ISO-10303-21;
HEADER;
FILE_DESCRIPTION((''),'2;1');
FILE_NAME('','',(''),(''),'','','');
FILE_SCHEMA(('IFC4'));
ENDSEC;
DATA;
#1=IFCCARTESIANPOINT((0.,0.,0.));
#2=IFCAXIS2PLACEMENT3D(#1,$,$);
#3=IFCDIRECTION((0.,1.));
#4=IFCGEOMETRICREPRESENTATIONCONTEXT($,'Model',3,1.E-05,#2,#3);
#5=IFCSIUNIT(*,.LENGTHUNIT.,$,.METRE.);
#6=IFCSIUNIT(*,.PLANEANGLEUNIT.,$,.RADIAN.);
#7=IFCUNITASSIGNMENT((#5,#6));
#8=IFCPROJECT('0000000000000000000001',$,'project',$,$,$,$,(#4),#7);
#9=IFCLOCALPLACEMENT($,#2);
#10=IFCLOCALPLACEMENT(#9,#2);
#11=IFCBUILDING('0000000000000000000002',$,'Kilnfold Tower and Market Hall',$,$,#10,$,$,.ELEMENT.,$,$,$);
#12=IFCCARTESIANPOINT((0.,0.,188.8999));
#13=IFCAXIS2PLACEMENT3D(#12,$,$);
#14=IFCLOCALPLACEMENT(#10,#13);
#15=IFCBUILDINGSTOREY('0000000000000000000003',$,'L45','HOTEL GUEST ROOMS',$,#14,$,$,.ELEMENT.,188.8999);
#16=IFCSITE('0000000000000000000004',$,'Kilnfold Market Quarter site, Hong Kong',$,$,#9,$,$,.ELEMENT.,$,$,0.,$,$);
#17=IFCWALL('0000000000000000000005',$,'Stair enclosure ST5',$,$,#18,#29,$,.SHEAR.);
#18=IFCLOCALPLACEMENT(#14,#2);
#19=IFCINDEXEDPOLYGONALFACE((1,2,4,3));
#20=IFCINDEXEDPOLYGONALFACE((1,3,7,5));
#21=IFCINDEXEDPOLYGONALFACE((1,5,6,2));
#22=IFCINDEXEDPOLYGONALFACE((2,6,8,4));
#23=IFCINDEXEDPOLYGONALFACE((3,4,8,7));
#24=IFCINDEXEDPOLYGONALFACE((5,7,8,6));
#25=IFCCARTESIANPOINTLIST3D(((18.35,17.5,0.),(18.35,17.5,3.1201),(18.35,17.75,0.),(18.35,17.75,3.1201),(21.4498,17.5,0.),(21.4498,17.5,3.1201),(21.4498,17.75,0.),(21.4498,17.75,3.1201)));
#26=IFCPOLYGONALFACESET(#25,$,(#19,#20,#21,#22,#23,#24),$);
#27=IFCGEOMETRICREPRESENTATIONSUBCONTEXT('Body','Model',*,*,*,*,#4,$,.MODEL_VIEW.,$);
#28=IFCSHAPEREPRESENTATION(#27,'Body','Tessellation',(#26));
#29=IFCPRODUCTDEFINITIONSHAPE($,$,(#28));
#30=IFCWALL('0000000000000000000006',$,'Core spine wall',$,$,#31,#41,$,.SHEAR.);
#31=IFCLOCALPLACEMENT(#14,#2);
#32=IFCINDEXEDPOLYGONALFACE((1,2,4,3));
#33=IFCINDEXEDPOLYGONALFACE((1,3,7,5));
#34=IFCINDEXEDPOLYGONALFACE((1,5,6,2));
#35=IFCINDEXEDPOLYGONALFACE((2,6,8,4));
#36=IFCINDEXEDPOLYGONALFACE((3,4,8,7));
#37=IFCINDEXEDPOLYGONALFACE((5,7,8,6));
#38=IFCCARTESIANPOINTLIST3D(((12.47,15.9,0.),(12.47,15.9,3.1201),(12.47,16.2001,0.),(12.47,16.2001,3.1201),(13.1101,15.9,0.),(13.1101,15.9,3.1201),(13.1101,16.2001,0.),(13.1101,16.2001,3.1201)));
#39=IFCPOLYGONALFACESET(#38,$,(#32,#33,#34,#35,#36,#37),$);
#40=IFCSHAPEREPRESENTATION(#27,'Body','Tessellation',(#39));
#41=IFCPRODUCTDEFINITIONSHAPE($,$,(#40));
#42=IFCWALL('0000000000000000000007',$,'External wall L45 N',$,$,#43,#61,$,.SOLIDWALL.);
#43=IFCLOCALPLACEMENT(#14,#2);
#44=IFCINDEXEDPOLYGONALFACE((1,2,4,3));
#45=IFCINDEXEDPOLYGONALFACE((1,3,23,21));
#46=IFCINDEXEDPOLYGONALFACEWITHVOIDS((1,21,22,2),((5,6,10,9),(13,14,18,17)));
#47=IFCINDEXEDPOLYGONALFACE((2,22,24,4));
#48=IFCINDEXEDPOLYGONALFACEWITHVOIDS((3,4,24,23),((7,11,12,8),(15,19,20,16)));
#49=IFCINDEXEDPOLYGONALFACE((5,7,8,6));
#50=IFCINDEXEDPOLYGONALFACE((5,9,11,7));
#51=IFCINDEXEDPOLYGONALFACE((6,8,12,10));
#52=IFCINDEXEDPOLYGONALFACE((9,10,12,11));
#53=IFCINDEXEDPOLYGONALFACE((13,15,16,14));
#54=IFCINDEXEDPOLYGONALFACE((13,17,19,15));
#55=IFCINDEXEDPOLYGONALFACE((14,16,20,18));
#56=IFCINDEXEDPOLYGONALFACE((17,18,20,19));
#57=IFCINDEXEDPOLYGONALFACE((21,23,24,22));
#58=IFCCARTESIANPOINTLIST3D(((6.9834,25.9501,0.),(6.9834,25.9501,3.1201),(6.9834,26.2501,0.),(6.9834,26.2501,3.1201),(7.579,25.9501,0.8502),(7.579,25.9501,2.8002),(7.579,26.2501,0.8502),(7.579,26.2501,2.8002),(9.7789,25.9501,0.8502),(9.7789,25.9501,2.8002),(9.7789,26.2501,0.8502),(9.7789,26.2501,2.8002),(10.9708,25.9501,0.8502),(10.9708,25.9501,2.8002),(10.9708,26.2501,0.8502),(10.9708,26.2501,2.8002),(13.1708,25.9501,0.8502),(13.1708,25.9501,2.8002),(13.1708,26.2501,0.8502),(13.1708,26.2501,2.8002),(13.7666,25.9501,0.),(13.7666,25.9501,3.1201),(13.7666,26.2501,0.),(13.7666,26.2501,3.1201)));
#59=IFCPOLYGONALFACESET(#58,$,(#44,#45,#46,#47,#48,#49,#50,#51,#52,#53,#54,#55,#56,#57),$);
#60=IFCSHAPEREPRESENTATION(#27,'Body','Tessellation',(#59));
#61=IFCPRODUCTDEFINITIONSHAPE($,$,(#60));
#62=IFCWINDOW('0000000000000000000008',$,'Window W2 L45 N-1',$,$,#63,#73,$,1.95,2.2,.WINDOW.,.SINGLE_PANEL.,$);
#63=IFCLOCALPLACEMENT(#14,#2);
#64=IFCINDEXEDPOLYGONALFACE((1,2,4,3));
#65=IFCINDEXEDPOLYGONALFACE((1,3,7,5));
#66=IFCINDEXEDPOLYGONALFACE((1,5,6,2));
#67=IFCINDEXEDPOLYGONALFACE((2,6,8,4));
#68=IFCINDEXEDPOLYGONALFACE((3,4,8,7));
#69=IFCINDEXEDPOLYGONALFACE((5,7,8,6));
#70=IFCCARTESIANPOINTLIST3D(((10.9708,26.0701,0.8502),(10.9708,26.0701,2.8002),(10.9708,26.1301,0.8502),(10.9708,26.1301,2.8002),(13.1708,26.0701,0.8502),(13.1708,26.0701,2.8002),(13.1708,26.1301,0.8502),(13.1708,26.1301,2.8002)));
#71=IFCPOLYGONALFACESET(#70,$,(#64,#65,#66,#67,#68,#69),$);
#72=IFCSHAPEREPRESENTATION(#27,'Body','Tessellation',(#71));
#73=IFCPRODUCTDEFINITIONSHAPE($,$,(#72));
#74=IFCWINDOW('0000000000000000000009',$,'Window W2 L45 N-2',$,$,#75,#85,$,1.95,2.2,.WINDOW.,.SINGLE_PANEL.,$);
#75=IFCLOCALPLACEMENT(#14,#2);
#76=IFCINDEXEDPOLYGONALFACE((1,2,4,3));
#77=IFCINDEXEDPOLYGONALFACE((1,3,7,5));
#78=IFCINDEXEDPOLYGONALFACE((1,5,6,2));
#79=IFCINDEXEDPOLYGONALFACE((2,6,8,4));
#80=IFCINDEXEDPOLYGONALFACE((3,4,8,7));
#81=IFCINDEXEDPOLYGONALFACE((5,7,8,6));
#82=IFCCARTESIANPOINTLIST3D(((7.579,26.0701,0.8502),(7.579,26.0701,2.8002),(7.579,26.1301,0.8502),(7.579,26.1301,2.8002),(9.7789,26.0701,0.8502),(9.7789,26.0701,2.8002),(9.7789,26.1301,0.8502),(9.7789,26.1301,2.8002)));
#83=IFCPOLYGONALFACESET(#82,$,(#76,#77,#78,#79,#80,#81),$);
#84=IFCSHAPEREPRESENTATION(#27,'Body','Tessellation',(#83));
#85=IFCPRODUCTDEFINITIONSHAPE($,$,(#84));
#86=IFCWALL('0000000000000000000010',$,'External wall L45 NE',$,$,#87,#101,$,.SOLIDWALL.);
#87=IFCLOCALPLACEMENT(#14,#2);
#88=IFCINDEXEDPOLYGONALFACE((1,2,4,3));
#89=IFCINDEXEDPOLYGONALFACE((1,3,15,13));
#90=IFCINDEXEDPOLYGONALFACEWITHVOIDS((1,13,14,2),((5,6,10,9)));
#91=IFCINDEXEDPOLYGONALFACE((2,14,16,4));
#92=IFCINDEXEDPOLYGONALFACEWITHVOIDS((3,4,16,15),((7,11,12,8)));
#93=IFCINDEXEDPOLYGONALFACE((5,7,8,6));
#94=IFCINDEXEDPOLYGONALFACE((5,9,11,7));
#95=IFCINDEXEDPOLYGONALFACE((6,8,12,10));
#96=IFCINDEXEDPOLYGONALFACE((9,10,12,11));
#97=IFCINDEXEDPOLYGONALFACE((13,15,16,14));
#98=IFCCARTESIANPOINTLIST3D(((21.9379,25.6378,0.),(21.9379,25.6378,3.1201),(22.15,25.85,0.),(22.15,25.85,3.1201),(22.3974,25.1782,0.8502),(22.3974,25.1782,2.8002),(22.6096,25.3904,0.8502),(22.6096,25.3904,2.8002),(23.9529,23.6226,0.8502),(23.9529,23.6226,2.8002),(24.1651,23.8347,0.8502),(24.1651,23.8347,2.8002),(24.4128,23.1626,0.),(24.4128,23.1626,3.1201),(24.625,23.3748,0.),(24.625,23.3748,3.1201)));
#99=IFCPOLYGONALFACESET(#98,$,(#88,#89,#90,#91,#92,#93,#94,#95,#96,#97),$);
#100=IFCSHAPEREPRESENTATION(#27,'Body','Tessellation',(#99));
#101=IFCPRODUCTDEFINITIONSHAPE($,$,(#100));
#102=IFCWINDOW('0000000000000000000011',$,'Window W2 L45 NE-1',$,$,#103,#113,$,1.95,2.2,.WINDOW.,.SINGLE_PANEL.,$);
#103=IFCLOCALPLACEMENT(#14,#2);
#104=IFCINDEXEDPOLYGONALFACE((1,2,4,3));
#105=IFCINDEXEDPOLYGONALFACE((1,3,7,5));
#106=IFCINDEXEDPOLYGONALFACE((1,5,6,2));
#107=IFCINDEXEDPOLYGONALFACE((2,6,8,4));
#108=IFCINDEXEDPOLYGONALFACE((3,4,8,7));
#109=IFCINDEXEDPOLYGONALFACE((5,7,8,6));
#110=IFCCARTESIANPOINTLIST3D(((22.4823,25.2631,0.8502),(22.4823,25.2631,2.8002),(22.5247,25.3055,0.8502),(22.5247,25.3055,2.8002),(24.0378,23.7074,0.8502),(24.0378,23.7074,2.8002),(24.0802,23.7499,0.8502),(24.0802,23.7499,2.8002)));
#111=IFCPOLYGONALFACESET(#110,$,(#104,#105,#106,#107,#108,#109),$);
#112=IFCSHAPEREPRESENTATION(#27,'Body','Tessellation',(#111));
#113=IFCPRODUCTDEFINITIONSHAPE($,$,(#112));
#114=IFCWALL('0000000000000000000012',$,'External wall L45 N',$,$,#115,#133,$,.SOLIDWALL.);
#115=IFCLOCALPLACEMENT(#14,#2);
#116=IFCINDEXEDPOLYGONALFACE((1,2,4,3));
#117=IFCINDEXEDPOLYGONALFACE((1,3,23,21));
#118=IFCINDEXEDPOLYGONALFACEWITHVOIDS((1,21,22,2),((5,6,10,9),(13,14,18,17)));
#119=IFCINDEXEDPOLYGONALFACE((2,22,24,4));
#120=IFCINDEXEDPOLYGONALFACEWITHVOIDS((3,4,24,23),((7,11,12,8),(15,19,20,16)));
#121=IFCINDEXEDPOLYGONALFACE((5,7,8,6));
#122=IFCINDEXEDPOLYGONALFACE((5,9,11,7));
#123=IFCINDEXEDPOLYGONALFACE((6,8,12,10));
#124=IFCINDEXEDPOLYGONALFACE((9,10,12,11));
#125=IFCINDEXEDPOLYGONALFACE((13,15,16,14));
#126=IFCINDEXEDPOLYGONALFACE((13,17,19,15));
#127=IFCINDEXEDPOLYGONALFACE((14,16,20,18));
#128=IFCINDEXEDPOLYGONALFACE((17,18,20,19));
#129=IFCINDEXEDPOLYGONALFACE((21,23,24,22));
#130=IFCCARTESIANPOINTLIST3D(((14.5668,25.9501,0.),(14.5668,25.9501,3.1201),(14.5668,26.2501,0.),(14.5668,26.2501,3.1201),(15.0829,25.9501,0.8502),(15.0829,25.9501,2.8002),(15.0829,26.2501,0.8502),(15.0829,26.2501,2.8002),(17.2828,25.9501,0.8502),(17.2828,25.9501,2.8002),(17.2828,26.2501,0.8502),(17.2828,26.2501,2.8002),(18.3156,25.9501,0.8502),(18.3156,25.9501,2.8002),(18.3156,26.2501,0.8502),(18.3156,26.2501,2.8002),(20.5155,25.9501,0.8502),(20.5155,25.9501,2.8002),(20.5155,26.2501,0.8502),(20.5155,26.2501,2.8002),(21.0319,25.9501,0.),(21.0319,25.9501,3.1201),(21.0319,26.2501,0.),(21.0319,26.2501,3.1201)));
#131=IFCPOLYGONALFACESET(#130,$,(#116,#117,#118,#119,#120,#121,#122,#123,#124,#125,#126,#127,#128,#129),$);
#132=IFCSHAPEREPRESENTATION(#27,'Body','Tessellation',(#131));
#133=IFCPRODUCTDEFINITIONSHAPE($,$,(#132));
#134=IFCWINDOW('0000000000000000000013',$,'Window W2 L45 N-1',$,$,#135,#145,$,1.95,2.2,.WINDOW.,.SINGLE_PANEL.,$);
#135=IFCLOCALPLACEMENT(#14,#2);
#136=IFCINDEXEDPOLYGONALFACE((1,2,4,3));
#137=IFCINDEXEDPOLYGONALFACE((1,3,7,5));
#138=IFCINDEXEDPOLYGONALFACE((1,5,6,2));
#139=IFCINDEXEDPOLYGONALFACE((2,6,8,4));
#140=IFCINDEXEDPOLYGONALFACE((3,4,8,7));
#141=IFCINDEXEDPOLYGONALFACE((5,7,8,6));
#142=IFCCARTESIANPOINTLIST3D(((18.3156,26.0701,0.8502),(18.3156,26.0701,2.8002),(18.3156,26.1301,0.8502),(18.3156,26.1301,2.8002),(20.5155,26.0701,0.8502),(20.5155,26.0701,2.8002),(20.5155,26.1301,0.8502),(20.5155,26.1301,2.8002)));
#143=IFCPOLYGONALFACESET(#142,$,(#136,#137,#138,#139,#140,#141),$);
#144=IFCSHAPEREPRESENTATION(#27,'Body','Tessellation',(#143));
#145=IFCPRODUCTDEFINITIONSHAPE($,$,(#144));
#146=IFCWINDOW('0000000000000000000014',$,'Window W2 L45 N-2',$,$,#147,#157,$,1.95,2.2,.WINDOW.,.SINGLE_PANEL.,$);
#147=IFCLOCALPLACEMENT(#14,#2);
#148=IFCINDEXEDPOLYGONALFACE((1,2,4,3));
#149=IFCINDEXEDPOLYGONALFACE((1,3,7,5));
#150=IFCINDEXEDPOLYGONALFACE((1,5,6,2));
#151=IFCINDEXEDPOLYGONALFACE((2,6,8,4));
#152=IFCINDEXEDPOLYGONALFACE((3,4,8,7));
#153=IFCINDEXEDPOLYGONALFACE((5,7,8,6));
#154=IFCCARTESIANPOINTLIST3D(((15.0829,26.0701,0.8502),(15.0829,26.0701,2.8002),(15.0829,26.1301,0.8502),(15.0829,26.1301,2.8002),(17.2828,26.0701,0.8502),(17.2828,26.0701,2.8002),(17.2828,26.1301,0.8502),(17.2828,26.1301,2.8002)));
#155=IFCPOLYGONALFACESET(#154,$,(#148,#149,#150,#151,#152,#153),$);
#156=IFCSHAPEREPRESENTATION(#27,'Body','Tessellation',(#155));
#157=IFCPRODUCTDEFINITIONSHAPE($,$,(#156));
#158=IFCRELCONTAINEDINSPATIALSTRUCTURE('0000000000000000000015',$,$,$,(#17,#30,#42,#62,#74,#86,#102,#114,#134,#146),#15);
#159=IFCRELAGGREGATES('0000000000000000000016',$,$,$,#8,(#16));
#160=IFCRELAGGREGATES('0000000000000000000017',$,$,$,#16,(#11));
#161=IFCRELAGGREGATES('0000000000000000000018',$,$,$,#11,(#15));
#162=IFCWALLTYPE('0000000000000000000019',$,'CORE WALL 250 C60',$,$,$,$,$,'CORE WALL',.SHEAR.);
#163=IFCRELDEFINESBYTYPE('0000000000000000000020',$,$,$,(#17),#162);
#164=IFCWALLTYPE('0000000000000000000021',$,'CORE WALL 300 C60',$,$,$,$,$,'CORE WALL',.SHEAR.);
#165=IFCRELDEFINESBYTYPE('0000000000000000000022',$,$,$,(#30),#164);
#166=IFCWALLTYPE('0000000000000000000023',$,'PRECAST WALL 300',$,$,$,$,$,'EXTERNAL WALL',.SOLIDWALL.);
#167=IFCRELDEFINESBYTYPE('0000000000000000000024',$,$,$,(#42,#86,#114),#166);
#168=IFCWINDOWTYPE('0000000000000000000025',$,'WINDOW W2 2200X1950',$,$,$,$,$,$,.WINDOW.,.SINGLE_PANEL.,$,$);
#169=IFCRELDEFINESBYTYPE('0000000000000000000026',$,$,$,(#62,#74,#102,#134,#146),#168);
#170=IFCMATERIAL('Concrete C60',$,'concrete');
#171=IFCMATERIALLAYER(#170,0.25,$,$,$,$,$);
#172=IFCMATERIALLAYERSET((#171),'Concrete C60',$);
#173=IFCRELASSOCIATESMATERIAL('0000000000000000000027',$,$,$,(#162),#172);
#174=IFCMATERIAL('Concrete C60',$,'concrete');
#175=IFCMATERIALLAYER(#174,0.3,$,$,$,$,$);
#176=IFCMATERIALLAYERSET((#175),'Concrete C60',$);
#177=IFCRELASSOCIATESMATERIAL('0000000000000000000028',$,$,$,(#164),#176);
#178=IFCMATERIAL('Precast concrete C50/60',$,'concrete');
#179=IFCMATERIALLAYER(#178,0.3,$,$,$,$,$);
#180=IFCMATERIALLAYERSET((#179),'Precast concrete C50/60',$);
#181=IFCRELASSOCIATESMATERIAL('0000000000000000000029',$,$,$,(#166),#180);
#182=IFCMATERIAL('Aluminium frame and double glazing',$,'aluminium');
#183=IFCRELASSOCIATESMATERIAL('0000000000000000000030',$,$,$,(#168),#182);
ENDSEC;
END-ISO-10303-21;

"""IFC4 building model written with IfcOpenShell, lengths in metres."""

from ifc_helpers import new_model, si_unit, direction, frame, frame_2d, origin, place, context, subcontext, project, spatial, rectangle, extrude, source, transform, mapped, material, layer, layer_set, type_object, element, fill, save


model = new_model("IFC4")

# Units and contexts
model_context = context("Model", 3, precision=1e-05, world=origin(), true_north=direction((0.0, 1.0)))
body_context = subcontext(model_context, "Body", "Model", "MODEL_VIEW")
ifc_project = project(units=[si_unit("LENGTHUNIT", "METRE"), si_unit("PLANEANGLEUNIT", "RADIAN")], contexts=[model_context])

# Site, building, storey
site_placement = place(None, origin())
site = spatial("IfcSite", under=ifc_project, at=site_placement, Name="Kilnfold Market Quarter site, Hong Kong", CompositionType="ELEMENT", RefElevation=0.0)
building_placement = place(site_placement, origin())
building = spatial("IfcBuilding", under=site, at=building_placement, Name="Kilnfold Tower and Market Hall", CompositionType="ELEMENT")
storey_placement = place(building_placement, frame((0.0, 0.0, 188.8999)))
storey = spatial("IfcBuildingStorey", under=building, at=storey_placement, Name="L45", Description="HOTEL GUEST ROOMS", CompositionType="ELEMENT", Elevation=188.8999)

# Walls
ifc_material_1 = material(Name="Concrete C60", Category="concrete")
ifc_layer_1 = layer(ifc_material_1, 0.25)
ifc_layer_set_1 = layer_set([ifc_layer_1], Name="Concrete C60")
wall_type_1 = type_object("IfcWallType", Name="CORE WALL 250 C60", ElementType="CORE WALL", PredefinedType="SHEAR", material=ifc_layer_set_1)
shared_shape_1 = source(origin(), body_context, "Body", "SweptSolid", [
    extrude(rectangle(XDim=3.0999, YDim=0.25, at=frame_2d((1.5498, 0.0))), origin(), (0.0, 0.0, 1.0), 3.1201),
])
wall_1_placement = place(storey_placement, frame((18.3501, 17.625, 0.0), z_axis=(0.0, 0.0, 1.0), x_axis=(1.0, 0.0, 0.0)))
element("IfcWall", 1, at=wall_1_placement, inside=storey, type_object=wall_type_1, Name="Stair enclosure ST5", PredefinedType="SHEAR", context=body_context, shape_type="MappedRepresentation", body=[
    mapped(shared_shape_1, transform((0.0, 0.0, 0.0))),
])
ifc_material_2 = material(Name="Concrete C60", Category="concrete")
ifc_layer_2 = layer(ifc_material_2, 0.3)
ifc_layer_set_2 = layer_set([ifc_layer_2], Name="Concrete C60")
wall_type_2 = type_object("IfcWallType", Name="CORE WALL 300 C60", ElementType="CORE WALL", PredefinedType="SHEAR", material=ifc_layer_set_2)
shared_shape_2 = source(origin(), body_context, "Body", "SweptSolid", [
    extrude(rectangle(XDim=0.6401, YDim=0.3, at=frame_2d((0.3201, 0.0))), origin(), (0.0, 0.0, 1.0), 3.1201),
])
wall_2_placement = place(storey_placement, frame((12.47, 16.05, 0.0), z_axis=(0.0, 0.0, 1.0), x_axis=(1.0, 0.0, 0.0)))
element("IfcWall", 2, at=wall_2_placement, inside=storey, type_object=wall_type_2, Name="Core spine wall", PredefinedType="SHEAR", context=body_context, shape_type="MappedRepresentation", body=[
    mapped(shared_shape_2, transform((0.0, 0.0, 0.0))),
])

# Wall, openings, windows
ifc_material_3 = material(Name="Precast concrete C50/60", Category="concrete")
ifc_layer_3 = layer(ifc_material_3, 0.3)
ifc_layer_set_3 = layer_set([ifc_layer_3], Name="Precast concrete C50/60")
wall_type_3 = type_object("IfcWallType", Name="PRECAST WALL 300", ElementType="EXTERNAL WALL", PredefinedType="SOLIDWALL", material=ifc_layer_set_3)
shared_shape_3 = source(origin(), body_context, "Body", "SweptSolid", [
    extrude(rectangle(XDim=6.7832, YDim=0.3, at=frame_2d((3.3916, 0.0))), origin(), (0.0, 0.0, 1.0), 3.1201),
])
wall_3_placement = place(storey_placement, frame((13.7666, 26.1001, 0.0), z_axis=(0.0, 0.0, 1.0), x_axis=(-1.0, 0.0, 0.0)))
wall_3 = element("IfcWall", 3, at=wall_3_placement, inside=storey, type_object=wall_type_3, Name="External wall L45 N", PredefinedType="SOLIDWALL", context=body_context, shape_type="MappedRepresentation", body=[
    mapped(shared_shape_3, transform((0.0, 0.0, 0.0))),
])
opening_1_placement = place(wall_3_placement, frame((0.5957, 0.0, 0.8501)))
opening_1 = element("IfcOpeningElement", 4, at=opening_1_placement, cuts=wall_3, PredefinedType="OPENING", context=body_context, shape_type="SweptSolid", body=[
    extrude(rectangle(XDim=2.2, YDim=1.95, at=frame_2d((1.1001, 0.9751))), frame((0.0, 0.1602, 0.0), z_axis=(0.0, -1.0, 0.0), x_axis=(1.0, 0.0, 0.0)), (0.0, 0.0, 1.0), 0.3201),
])
opening_2_placement = place(wall_3_placement, frame((3.9875, 0.0, 0.8501)))
opening_2 = element("IfcOpeningElement", 5, at=opening_2_placement, cuts=wall_3, PredefinedType="OPENING", context=body_context, shape_type="SweptSolid", body=[
    extrude(rectangle(XDim=2.2, YDim=1.95, at=frame_2d((1.1001, 0.9751))), frame((0.0, 0.1602, 0.0), z_axis=(0.0, -1.0, 0.0), x_axis=(1.0, 0.0, 0.0)), (0.0, 0.0, 1.0), 0.3201),
])
ifc_material_4 = material(Name="Aluminium frame and double glazing", Category="aluminium")
window_type = type_object("IfcWindowType", Name="WINDOW W2 2200X1950", PartitioningType="SINGLE_PANEL", PredefinedType="WINDOW", material=ifc_material_4)
window_1_placement = place(opening_1_placement, origin())
window_1 = element("IfcWindow", 6, at=window_1_placement, inside=storey, type_object=window_type, Name="Window W2 L45 N-1", OverallHeight=1.95, OverallWidth=2.2, PartitioningType="SINGLE_PANEL", PredefinedType="WINDOW", context=body_context, shape_type="SweptSolid", body=[
    extrude(rectangle(XDim=2.2, YDim=1.95, at=frame_2d((1.1001, 0.9751))), frame((0.0, 0.03, 0.0), z_axis=(0.0, -1.0, 0.0), x_axis=(1.0, 0.0, 0.0)), (0.0, 0.0, 1.0), 0.0601),
])
fill(opening_1, window_1)
window_2_placement = place(opening_2_placement, origin())
window_2 = element("IfcWindow", 7, at=window_2_placement, inside=storey, type_object=window_type, Name="Window W2 L45 N-2", OverallHeight=1.95, OverallWidth=2.2, PartitioningType="SINGLE_PANEL", PredefinedType="WINDOW", context=body_context, shape_type="SweptSolid", body=[
    extrude(rectangle(XDim=2.2, YDim=1.95, at=frame_2d((1.1001, 0.9751))), frame((0.0, 0.03, 0.0), z_axis=(0.0, -1.0, 0.0), x_axis=(1.0, 0.0, 0.0)), (0.0, 0.0, 1.0), 0.0601),
])
fill(opening_2, window_2)

# Wall, opening, window
shared_shape_4 = source(origin(), body_context, "Body", "SweptSolid", [
    extrude(rectangle(XDim=3.5002, YDim=0.3, at=frame_2d((1.75, 0.0))), origin(), (0.0, 0.0, 1.0), 3.1201),
])
wall_4_placement = place(storey_placement, frame((24.5188, 23.2688, 0.0), z_axis=(0.0, 0.0, 1.0), x_axis=(-0.707072, 0.707142, 0.0)))
wall_4 = element("IfcWall", 8, at=wall_4_placement, inside=storey, type_object=wall_type_3, Name="External wall L45 NE", PredefinedType="SOLIDWALL", context=body_context, shape_type="MappedRepresentation", body=[
    mapped(shared_shape_4, transform((0.0, 0.0, 0.0))),
])
opening_3_placement = place(wall_4_placement, frame((0.6501, 0.0, 0.8501)))
opening_3 = element("IfcOpeningElement", 9, at=opening_3_placement, cuts=wall_4, PredefinedType="OPENING", context=body_context, shape_type="SweptSolid", body=[
    extrude(rectangle(XDim=2.2, YDim=1.95, at=frame_2d((1.1001, 0.9751))), frame((0.0, 0.1602, 0.0), z_axis=(0.0, -1.0, 0.0), x_axis=(1.0, 0.0, 0.0)), (0.0, 0.0, 1.0), 0.3201),
])
window_3_placement = place(opening_3_placement, origin())
window_3 = element("IfcWindow", 10, at=window_3_placement, inside=storey, type_object=window_type, Name="Window W2 L45 NE-1", OverallHeight=1.95, OverallWidth=2.2, PartitioningType="SINGLE_PANEL", PredefinedType="WINDOW", context=body_context, shape_type="SweptSolid", body=[
    extrude(rectangle(XDim=2.2, YDim=1.95, at=frame_2d((1.1001, 0.9751))), frame((0.0, 0.03, 0.0), z_axis=(0.0, -1.0, 0.0), x_axis=(1.0, 0.0, 0.0)), (0.0, 0.0, 1.0), 0.0601),
])
fill(opening_3, window_3)

# Wall, openings, windows
shared_shape_5 = source(origin(), body_context, "Body", "SweptSolid", [
    extrude(rectangle(XDim=6.4651, YDim=0.3, at=frame_2d((3.2324, 0.0))), origin(), (0.0, 0.0, 1.0), 3.1201),
])
wall_5_placement = place(storey_placement, frame((21.0317, 26.1001, 0.0), z_axis=(0.0, 0.0, 1.0), x_axis=(-1.0, 0.0, 0.0)))
wall_5 = element("IfcWall", 11, at=wall_5_placement, inside=storey, type_object=wall_type_3, Name="External wall L45 N", PredefinedType="SOLIDWALL", context=body_context, shape_type="MappedRepresentation", body=[
    mapped(shared_shape_5, transform((0.0, 0.0, 0.0))),
])
opening_4_placement = place(wall_5_placement, frame((0.5161, 0.0, 0.8501)))
opening_4 = element("IfcOpeningElement", 12, at=opening_4_placement, cuts=wall_5, PredefinedType="OPENING", context=body_context, shape_type="SweptSolid", body=[
    extrude(rectangle(XDim=2.2, YDim=1.95, at=frame_2d((1.1001, 0.9751))), frame((0.0, 0.1602, 0.0), z_axis=(0.0, -1.0, 0.0), x_axis=(1.0, 0.0, 0.0)), (0.0, 0.0, 1.0), 0.3201),
])
opening_5_placement = place(wall_5_placement, frame((3.7488, 0.0, 0.8501)))
opening_5 = element("IfcOpeningElement", 13, at=opening_5_placement, cuts=wall_5, PredefinedType="OPENING", context=body_context, shape_type="SweptSolid", body=[
    extrude(rectangle(XDim=2.2, YDim=1.95, at=frame_2d((1.1001, 0.9751))), frame((0.0, 0.1602, 0.0), z_axis=(0.0, -1.0, 0.0), x_axis=(1.0, 0.0, 0.0)), (0.0, 0.0, 1.0), 0.3201),
])
window_4_placement = place(opening_4_placement, origin())
window_4 = element("IfcWindow", 14, at=window_4_placement, inside=storey, type_object=window_type, Name="Window W2 L45 N-1", OverallHeight=1.95, OverallWidth=2.2, PartitioningType="SINGLE_PANEL", PredefinedType="WINDOW", context=body_context, shape_type="SweptSolid", body=[
    extrude(rectangle(XDim=2.2, YDim=1.95, at=frame_2d((1.1001, 0.9751))), frame((0.0, 0.03, 0.0), z_axis=(0.0, -1.0, 0.0), x_axis=(1.0, 0.0, 0.0)), (0.0, 0.0, 1.0), 0.0601),
])
fill(opening_4, window_4)
window_5_placement = place(opening_5_placement, origin())
window_5 = element("IfcWindow", 15, at=window_5_placement, inside=storey, type_object=window_type, Name="Window W2 L45 N-2", OverallHeight=1.95, OverallWidth=2.2, PartitioningType="SINGLE_PANEL", PredefinedType="WINDOW", context=body_context, shape_type="SweptSolid", body=[
    extrude(rectangle(XDim=2.2, YDim=1.95, at=frame_2d((1.1001, 0.9751))), frame((0.0, 0.03, 0.0), z_axis=(0.0, -1.0, 0.0), x_axis=(1.0, 0.0, 0.0)), (0.0, 0.0, 1.0), 0.0601),
])
fill(opening_5, window_5)

save(model, "model.ifc")
